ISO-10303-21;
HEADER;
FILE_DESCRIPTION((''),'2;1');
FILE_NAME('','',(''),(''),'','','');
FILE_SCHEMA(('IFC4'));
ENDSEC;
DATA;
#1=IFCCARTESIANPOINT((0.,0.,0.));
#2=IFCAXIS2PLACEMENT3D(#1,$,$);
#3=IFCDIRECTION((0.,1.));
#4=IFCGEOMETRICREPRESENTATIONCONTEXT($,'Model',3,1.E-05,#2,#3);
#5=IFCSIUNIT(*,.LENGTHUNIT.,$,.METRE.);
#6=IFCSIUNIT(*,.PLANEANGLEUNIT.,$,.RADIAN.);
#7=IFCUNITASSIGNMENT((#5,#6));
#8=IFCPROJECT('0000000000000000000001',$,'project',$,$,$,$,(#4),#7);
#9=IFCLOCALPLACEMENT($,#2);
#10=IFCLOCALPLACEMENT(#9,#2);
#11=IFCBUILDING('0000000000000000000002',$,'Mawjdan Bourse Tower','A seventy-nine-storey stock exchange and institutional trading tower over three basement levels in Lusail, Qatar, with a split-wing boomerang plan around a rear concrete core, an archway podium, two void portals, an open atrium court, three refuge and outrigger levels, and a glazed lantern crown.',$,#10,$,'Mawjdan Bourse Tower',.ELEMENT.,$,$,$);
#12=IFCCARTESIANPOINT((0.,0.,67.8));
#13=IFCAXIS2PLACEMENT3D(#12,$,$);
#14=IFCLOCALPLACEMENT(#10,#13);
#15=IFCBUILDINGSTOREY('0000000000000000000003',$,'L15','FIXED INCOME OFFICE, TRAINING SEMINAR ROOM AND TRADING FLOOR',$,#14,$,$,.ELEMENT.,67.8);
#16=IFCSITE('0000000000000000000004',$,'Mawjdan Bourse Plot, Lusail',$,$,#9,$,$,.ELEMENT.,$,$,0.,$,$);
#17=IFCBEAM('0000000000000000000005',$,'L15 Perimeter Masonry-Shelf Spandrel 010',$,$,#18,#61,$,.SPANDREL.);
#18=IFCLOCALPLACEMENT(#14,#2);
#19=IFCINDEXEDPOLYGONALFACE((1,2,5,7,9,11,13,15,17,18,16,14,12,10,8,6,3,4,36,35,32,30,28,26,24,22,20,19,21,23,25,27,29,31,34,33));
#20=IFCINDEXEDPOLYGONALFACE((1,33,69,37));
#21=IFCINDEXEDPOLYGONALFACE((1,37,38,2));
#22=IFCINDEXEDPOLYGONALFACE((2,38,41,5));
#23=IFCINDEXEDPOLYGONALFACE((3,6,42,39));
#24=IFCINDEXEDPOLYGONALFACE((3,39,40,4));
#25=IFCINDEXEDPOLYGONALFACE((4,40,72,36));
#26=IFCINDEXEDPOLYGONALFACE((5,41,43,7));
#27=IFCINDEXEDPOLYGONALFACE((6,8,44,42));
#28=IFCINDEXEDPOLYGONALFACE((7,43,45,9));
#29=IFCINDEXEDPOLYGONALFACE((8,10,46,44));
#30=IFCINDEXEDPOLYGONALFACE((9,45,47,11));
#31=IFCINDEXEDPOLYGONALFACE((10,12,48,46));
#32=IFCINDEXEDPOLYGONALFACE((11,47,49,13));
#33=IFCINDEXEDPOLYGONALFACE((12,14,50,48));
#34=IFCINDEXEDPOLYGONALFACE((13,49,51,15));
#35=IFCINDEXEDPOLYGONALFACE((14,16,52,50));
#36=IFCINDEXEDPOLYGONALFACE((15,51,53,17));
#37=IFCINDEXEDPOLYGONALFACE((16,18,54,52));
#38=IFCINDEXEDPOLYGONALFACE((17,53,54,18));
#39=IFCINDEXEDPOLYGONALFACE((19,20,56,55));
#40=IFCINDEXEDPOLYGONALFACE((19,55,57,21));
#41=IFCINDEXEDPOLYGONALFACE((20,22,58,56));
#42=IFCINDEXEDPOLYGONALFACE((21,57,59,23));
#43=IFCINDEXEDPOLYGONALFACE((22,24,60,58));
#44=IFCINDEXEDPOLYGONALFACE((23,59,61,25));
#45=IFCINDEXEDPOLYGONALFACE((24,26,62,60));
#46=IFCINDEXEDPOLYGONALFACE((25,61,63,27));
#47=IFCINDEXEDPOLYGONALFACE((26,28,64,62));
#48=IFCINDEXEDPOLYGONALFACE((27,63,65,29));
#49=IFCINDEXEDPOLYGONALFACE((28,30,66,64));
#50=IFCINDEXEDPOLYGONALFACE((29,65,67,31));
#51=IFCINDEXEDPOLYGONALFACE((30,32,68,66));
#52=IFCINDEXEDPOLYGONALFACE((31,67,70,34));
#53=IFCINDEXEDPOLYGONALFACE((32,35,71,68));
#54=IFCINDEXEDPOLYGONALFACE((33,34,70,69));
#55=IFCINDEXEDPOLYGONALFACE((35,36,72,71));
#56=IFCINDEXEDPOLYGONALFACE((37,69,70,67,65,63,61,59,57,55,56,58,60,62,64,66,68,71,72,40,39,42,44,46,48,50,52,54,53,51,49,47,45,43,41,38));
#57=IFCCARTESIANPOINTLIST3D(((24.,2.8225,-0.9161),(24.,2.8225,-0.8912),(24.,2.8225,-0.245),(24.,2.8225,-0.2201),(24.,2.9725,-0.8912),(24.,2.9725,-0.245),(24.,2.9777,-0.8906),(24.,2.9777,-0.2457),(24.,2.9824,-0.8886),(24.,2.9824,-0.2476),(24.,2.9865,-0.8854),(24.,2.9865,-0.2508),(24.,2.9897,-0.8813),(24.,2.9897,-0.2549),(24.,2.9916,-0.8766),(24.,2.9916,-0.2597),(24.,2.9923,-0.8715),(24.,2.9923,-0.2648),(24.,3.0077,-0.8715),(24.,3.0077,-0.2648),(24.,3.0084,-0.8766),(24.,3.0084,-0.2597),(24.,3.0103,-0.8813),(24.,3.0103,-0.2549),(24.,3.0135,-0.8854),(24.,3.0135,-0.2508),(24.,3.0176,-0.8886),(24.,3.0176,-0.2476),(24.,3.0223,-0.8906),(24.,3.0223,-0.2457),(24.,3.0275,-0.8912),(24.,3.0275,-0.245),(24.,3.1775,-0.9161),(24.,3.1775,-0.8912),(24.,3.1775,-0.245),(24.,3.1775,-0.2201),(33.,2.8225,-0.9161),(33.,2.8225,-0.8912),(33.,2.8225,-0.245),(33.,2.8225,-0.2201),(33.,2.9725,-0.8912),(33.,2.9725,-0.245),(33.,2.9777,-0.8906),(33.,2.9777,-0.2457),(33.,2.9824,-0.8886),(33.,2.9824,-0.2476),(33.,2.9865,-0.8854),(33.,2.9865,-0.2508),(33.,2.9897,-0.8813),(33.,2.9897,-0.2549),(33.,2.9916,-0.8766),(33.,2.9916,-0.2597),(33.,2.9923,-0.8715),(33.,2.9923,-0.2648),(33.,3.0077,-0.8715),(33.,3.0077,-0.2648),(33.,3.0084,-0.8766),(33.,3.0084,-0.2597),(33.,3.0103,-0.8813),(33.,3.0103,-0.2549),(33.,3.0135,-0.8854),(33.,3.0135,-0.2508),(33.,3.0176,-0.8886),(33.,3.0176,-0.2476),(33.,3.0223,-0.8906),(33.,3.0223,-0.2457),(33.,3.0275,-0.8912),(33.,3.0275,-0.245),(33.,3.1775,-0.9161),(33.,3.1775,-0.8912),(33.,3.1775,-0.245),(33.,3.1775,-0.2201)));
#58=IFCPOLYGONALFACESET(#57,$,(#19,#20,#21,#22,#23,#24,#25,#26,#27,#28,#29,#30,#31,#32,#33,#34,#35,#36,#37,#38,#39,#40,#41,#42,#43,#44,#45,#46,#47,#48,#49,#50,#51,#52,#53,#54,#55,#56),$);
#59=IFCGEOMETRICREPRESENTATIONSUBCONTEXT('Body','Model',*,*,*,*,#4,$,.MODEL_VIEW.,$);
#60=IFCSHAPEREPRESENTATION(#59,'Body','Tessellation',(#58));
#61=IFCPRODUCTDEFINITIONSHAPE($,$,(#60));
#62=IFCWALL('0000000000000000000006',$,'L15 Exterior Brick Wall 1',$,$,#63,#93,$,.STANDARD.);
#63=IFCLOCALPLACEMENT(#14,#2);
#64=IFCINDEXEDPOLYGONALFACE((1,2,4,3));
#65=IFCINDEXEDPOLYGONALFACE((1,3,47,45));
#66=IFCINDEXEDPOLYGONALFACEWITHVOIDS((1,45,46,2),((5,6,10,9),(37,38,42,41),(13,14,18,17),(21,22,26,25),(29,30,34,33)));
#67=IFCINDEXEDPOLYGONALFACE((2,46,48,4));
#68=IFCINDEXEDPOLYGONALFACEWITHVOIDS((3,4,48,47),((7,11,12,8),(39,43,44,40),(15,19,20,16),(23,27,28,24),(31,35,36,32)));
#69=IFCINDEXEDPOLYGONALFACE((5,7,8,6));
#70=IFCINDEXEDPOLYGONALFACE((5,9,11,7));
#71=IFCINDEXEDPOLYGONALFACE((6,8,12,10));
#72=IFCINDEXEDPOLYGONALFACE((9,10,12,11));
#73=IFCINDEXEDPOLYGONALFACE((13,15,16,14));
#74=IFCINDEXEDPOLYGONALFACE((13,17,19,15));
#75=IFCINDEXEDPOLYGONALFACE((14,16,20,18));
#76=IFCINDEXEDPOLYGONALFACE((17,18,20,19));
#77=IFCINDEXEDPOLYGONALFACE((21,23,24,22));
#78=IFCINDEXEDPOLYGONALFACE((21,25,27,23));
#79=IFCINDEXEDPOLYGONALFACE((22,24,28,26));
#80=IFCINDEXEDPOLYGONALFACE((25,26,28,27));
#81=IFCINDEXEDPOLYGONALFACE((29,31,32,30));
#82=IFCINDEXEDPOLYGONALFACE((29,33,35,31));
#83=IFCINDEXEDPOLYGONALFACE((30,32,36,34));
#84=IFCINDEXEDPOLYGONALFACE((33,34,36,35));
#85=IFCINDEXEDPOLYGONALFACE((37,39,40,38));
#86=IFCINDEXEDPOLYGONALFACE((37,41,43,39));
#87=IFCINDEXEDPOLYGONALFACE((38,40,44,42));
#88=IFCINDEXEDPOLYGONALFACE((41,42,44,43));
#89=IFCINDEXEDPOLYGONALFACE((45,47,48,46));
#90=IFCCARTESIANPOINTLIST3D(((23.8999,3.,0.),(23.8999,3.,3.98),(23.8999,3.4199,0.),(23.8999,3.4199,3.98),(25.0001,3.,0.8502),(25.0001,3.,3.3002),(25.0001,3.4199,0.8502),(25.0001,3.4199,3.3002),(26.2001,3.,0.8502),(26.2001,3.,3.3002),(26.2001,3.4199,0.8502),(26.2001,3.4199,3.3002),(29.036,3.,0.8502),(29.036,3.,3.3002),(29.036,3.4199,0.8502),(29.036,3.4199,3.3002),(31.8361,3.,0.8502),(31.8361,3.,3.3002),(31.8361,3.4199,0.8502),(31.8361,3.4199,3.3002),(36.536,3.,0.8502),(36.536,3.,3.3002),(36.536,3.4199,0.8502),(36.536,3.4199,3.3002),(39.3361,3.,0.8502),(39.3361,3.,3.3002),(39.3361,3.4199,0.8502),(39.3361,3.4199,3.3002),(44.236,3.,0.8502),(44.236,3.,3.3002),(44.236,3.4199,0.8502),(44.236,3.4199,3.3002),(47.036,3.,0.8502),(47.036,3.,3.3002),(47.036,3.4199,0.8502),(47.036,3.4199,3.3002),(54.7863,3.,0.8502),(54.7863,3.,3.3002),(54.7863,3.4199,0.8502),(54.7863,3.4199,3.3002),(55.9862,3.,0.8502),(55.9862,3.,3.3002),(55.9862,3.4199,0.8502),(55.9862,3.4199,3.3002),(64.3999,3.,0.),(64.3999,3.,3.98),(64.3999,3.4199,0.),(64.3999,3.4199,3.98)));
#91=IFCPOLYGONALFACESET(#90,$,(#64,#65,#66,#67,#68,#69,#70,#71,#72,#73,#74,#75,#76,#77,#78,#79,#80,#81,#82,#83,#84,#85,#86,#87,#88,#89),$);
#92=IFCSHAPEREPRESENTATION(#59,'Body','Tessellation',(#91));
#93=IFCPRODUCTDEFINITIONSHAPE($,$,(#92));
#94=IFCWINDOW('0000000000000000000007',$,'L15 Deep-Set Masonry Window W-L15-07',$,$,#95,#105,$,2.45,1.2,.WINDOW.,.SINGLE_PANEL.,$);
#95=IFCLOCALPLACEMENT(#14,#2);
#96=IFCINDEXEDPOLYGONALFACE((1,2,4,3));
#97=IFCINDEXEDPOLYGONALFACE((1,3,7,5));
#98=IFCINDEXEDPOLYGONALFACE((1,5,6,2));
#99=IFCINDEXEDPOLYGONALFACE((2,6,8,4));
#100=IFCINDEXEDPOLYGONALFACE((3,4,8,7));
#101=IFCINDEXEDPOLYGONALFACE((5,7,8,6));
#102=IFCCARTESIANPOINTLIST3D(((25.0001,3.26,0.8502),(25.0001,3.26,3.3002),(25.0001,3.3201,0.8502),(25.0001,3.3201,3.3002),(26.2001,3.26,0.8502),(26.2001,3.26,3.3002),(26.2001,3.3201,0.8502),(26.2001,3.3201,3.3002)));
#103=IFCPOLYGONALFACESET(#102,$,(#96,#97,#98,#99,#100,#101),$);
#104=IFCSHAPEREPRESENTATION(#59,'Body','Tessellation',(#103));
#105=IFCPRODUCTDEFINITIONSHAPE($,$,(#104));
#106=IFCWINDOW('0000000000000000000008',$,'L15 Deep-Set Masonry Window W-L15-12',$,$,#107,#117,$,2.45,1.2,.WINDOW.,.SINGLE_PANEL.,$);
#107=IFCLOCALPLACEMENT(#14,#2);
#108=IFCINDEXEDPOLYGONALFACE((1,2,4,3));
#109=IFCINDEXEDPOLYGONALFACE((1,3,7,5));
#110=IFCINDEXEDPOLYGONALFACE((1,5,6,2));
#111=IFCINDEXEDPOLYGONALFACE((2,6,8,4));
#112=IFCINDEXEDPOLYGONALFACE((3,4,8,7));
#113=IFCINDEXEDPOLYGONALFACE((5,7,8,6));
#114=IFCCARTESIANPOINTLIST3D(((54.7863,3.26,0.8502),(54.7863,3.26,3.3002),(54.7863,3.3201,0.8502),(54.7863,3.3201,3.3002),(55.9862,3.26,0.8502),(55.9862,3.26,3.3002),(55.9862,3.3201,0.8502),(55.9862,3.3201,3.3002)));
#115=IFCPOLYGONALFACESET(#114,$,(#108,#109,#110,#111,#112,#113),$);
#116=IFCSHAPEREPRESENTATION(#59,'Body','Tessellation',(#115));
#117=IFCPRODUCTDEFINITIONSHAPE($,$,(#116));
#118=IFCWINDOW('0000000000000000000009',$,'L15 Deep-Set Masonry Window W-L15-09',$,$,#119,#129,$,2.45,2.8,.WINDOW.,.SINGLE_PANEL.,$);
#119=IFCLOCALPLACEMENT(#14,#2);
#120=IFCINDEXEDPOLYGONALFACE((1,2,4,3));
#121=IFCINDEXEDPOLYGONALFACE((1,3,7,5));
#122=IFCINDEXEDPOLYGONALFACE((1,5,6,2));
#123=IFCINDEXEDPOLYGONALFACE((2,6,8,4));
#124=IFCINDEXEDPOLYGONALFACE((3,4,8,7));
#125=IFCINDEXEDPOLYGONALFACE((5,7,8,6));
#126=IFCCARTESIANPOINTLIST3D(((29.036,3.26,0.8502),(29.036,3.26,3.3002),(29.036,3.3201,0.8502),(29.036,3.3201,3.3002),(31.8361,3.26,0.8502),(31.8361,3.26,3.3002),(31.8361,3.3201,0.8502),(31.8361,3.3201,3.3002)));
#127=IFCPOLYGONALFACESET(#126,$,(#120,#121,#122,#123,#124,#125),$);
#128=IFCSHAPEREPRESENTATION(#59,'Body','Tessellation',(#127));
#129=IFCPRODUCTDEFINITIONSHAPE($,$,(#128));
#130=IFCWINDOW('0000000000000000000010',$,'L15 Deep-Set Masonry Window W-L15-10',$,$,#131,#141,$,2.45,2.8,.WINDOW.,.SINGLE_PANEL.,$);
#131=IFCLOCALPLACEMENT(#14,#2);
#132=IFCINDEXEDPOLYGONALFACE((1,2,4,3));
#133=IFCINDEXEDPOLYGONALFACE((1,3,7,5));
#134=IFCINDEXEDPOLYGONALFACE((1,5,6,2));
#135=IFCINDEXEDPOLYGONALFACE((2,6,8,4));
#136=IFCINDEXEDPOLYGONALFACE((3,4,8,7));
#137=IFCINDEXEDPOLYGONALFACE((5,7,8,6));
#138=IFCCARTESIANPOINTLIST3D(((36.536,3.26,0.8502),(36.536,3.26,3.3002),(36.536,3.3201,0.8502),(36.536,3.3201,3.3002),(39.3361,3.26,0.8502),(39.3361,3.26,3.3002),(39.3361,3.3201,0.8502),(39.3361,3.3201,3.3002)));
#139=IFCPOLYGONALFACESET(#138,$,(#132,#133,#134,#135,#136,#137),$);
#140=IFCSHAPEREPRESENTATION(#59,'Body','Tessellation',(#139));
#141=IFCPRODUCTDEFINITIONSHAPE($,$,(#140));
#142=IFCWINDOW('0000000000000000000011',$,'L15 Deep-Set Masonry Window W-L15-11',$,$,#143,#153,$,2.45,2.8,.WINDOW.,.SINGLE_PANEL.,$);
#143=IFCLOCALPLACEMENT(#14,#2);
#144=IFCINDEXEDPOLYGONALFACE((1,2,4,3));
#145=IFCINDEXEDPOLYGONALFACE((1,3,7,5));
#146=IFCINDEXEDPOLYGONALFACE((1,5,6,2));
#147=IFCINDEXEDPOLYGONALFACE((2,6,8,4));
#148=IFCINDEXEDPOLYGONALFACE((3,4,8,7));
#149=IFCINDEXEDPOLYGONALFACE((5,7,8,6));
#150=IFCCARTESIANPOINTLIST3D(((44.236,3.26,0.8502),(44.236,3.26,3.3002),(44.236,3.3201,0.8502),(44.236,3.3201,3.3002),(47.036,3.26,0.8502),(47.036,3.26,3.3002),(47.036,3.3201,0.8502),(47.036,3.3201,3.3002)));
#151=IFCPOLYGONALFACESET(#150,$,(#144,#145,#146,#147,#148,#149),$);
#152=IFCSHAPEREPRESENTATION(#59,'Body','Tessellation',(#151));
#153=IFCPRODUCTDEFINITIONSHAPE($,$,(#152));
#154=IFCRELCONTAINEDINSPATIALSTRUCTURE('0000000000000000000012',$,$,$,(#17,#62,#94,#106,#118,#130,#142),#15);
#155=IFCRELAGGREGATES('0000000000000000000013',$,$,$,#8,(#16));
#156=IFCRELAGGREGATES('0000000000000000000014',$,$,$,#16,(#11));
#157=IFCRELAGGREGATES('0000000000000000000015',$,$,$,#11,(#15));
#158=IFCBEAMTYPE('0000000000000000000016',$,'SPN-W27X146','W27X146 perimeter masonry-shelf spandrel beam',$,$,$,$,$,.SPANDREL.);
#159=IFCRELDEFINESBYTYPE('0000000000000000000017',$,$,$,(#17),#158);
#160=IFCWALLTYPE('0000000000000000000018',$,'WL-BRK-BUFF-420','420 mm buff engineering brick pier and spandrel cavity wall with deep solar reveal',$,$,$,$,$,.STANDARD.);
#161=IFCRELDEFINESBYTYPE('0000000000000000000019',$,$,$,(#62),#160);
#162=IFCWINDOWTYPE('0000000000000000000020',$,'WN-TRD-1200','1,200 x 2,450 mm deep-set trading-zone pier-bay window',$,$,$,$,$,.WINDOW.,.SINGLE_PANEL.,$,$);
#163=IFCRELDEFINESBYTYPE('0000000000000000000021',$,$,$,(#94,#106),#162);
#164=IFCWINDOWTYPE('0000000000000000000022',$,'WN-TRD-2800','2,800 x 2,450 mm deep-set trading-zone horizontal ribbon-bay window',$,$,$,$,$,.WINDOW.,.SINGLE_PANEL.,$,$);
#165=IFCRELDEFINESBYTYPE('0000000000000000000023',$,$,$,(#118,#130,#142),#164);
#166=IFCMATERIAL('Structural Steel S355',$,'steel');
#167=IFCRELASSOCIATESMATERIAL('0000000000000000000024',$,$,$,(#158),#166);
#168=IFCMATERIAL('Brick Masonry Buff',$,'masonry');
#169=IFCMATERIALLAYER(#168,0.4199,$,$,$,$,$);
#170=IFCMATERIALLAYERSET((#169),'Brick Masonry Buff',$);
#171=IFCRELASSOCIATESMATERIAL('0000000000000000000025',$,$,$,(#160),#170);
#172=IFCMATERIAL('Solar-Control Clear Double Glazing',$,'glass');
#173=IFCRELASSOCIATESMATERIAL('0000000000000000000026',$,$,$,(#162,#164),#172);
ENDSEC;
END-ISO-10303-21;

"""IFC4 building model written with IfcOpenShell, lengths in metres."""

from ifc_helpers import new_model, si_unit, direction, frame, frame_2d, origin, origin_2d, place, context, subcontext, project, spatial, rectangle, i_section, extrude, material, layer, layer_set, material_profile, profile_set, type_object, element, fill, save


model = new_model("IFC4")

# Units and contexts
model_context = context("Model", 3, precision=1e-05, world=origin(), true_north=direction((0.0, 1.0)))
body_context = subcontext(model_context, "Body", "Model", "MODEL_VIEW")
ifc_project = project(units=[si_unit("LENGTHUNIT", "METRE"), si_unit("PLANEANGLEUNIT", "RADIAN")], contexts=[model_context])

# Site, building, storey
site_placement = place(None, origin())
site = spatial("IfcSite", under=ifc_project, at=site_placement, Name="Mawjdan Bourse Plot, Lusail", CompositionType="ELEMENT", RefElevation=0.0)
building_placement = place(site_placement, origin())
building = spatial("IfcBuilding", under=site, at=building_placement, Name="Mawjdan Bourse Tower", Description="A seventy-nine-storey stock exchange and institutional trading tower over three basement levels in Lusail, Qatar, with a split-wing boomerang plan around a rear concrete core, an archway podium, two void portals, an open atrium court, three refuge and outrigger levels, and a glazed lantern crown.", LongName="Mawjdan Bourse Tower", CompositionType="ELEMENT")
storey_placement = place(building_placement, frame((0.0, 0.0, 67.8)))
storey = spatial("IfcBuildingStorey", under=building, at=storey_placement, Name="L15", Description="FIXED INCOME OFFICE, TRAINING SEMINAR ROOM AND TRADING FLOOR", CompositionType="ELEMENT", Elevation=67.8)

# Beam
ifc_material_1 = material(Name="Structural Steel S355", Category="steel")
ifc_material_profile_1 = material_profile(ifc_material_1, i_section(OverallWidth=0.355, OverallDepth=0.696, WebThickness=0.0154, FlangeThickness=0.0249, FilletRadius=0.0198, at=origin_2d()), Name="W27X146")
ifc_profile_set_1 = profile_set([ifc_material_profile_1], Name="Structural Steel S355")
beam_type_1 = type_object("IfcBeamType", Name="SPN-W27X146", Description="W27X146 perimeter masonry-shelf spandrel beam", PredefinedType="SPANDREL", material=ifc_profile_set_1)
beam_1_placement = place(storey_placement, frame((24.0, 3.0, -0.5681), z_axis=(1.0, 0.0, 0.0), x_axis=(0.0, 1.0, 0.0)))
element("IfcBeam", 1, at=beam_1_placement, inside=storey, type_object=beam_type_1, Name="L15 Perimeter Masonry-Shelf Spandrel 010", PredefinedType="SPANDREL", context=body_context, shape_type="SweptSolid", body=[
    extrude(i_section(OverallWidth=0.355, OverallDepth=0.696, WebThickness=0.0154, FlangeThickness=0.0249, FilletRadius=0.0198, at=origin_2d()), origin(), (0.0, 0.0, 1.0), 9.0),
])

# Wall, openings, windows
ifc_material_2 = material(Name="Brick Masonry Buff", Category="masonry")
ifc_layer_1 = layer(ifc_material_2, 0.4199)
ifc_layer_set_1 = layer_set([ifc_layer_1], Name="Brick Masonry Buff")
wall_type_1 = type_object("IfcWallType", Name="WL-BRK-BUFF-420", Description="420 mm buff engineering brick pier and spandrel cavity wall with deep solar reveal", PredefinedType="STANDARD", material=ifc_layer_set_1)
wall_1_placement = place(storey_placement, frame((23.8999, 3.21, 0.0), z_axis=(0.0, 0.0, 1.0), x_axis=(1.0, 0.0, 0.0)))
wall_1 = element("IfcWall", 2, at=wall_1_placement, inside=storey, type_object=wall_type_1, Name="L15 Exterior Brick Wall 1", PredefinedType="STANDARD", context=body_context, shape_type="SweptSolid", body=[
    extrude(rectangle(XDim=40.5, YDim=0.4199, at=frame_2d((20.25, 0.0))), origin(), (0.0, 0.0, 1.0), 3.98),
])
opening_1_placement = place(wall_1_placement, frame((1.1001, 0.0, 0.8501)))
opening_1 = element("IfcOpeningElement", 3, at=opening_1_placement, cuts=wall_1, PredefinedType="OPENING", context=body_context, shape_type="SweptSolid", body=[
    extrude(rectangle(XDim=1.2, YDim=2.45, at=frame_2d((0.6001, 1.2251))), frame((0.0, 0.22, 0.0), z_axis=(0.0, -1.0, 0.0), x_axis=(1.0, 0.0, 0.0)), (0.0, 0.0, 1.0), 0.4399),
])
opening_2_placement = place(wall_1_placement, frame((5.1362, 0.0, 0.8501)))
opening_2 = element("IfcOpeningElement", 4, at=opening_2_placement, cuts=wall_1, PredefinedType="OPENING", context=body_context, shape_type="SweptSolid", body=[
    extrude(rectangle(XDim=2.8, YDim=2.45, at=frame_2d((1.3999, 1.2251))), frame((0.0, 0.22, 0.0), z_axis=(0.0, -1.0, 0.0), x_axis=(1.0, 0.0, 0.0)), (0.0, 0.0, 1.0), 0.4399),
])
opening_3_placement = place(wall_1_placement, frame((12.6362, 0.0, 0.8501)))
opening_3 = element("IfcOpeningElement", 5, at=opening_3_placement, cuts=wall_1, PredefinedType="OPENING", context=body_context, shape_type="SweptSolid", body=[
    extrude(rectangle(XDim=2.8, YDim=2.45, at=frame_2d((1.3999, 1.2251))), frame((0.0, 0.22, 0.0), z_axis=(0.0, -1.0, 0.0), x_axis=(1.0, 0.0, 0.0)), (0.0, 0.0, 1.0), 0.4399),
])
opening_4_placement = place(wall_1_placement, frame((20.3362, 0.0, 0.8501)))
opening_4 = element("IfcOpeningElement", 6, at=opening_4_placement, cuts=wall_1, PredefinedType="OPENING", context=body_context, shape_type="SweptSolid", body=[
    extrude(rectangle(XDim=2.8, YDim=2.45, at=frame_2d((1.3999, 1.2251))), frame((0.0, 0.22, 0.0), z_axis=(0.0, -1.0, 0.0), x_axis=(1.0, 0.0, 0.0)), (0.0, 0.0, 1.0), 0.4399),
])
opening_5_placement = place(wall_1_placement, frame((30.8862, 0.0, 0.8501)))
opening_5 = element("IfcOpeningElement", 7, at=opening_5_placement, cuts=wall_1, PredefinedType="OPENING", context=body_context, shape_type="SweptSolid", body=[
    extrude(rectangle(XDim=1.2, YDim=2.45, at=frame_2d((0.6001, 1.2251))), frame((0.0, 0.22, 0.0), z_axis=(0.0, -1.0, 0.0), x_axis=(1.0, 0.0, 0.0)), (0.0, 0.0, 1.0), 0.4399),
])
ifc_material_3 = material(Name="Solar-Control Clear Double Glazing", Category="glass")
window_type_1 = type_object("IfcWindowType", Name="WN-TRD-1200", Description="1,200 x 2,450 mm deep-set trading-zone pier-bay window", PartitioningType="SINGLE_PANEL", PredefinedType="WINDOW", material=ifc_material_3)
window_1_placement = place(opening_1_placement, origin())
window_1 = element("IfcWindow", 8, at=window_1_placement, inside=storey, type_object=window_type_1, Name="L15 Deep-Set Masonry Window W-L15-07", OverallHeight=2.45, OverallWidth=1.2, PartitioningType="SINGLE_PANEL", PredefinedType="WINDOW", context=body_context, shape_type="SweptSolid", body=[
    extrude(rectangle(XDim=1.2, YDim=2.45, at=frame_2d((0.6001, 1.2251))), frame((0.0, 0.1101, 0.0), z_axis=(0.0, -1.0, 0.0), x_axis=(1.0, 0.0, 0.0)), (0.0, 0.0, 1.0), 0.0601),
])
fill(opening_1, window_1)
window_2_placement = place(opening_5_placement, origin())
window_2 = element("IfcWindow", 9, at=window_2_placement, inside=storey, type_object=window_type_1, Name="L15 Deep-Set Masonry Window W-L15-12", OverallHeight=2.45, OverallWidth=1.2, PartitioningType="SINGLE_PANEL", PredefinedType="WINDOW", context=body_context, shape_type="SweptSolid", body=[
    extrude(rectangle(XDim=1.2, YDim=2.45, at=frame_2d((0.6001, 1.2251))), frame((0.0, 0.1101, 0.0), z_axis=(0.0, -1.0, 0.0), x_axis=(1.0, 0.0, 0.0)), (0.0, 0.0, 1.0), 0.0601),
])
fill(opening_5, window_2)
window_type_2 = type_object("IfcWindowType", Name="WN-TRD-2800", Description="2,800 x 2,450 mm deep-set trading-zone horizontal ribbon-bay window", PartitioningType="SINGLE_PANEL", PredefinedType="WINDOW", material=ifc_material_3)
window_3_placement = place(opening_2_placement, origin())
window_3 = element("IfcWindow", 10, at=window_3_placement, inside=storey, type_object=window_type_2, Name="L15 Deep-Set Masonry Window W-L15-09", OverallHeight=2.45, OverallWidth=2.8, PartitioningType="SINGLE_PANEL", PredefinedType="WINDOW", context=body_context, shape_type="SweptSolid", body=[
    extrude(rectangle(XDim=2.8, YDim=2.45, at=frame_2d((1.3999, 1.2251))), frame((0.0, 0.1101, 0.0), z_axis=(0.0, -1.0, 0.0), x_axis=(1.0, 0.0, 0.0)), (0.0, 0.0, 1.0), 0.0601),
])
fill(opening_2, window_3)
window_4_placement = place(opening_3_placement, origin())
window_4 = element("IfcWindow", 11, at=window_4_placement, inside=storey, type_object=window_type_2, Name="L15 Deep-Set Masonry Window W-L15-10", OverallHeight=2.45, OverallWidth=2.8, PartitioningType="SINGLE_PANEL", PredefinedType="WINDOW", context=body_context, shape_type="SweptSolid", body=[
    extrude(rectangle(XDim=2.8, YDim=2.45, at=frame_2d((1.3999, 1.2251))), frame((0.0, 0.1101, 0.0), z_axis=(0.0, -1.0, 0.0), x_axis=(1.0, 0.0, 0.0)), (0.0, 0.0, 1.0), 0.0601),
])
fill(opening_3, window_4)
window_5_placement = place(opening_4_placement, origin())
window_5 = element("IfcWindow", 12, at=window_5_placement, inside=storey, type_object=window_type_2, Name="L15 Deep-Set Masonry Window W-L15-11", OverallHeight=2.45, OverallWidth=2.8, PartitioningType="SINGLE_PANEL", PredefinedType="WINDOW", context=body_context, shape_type="SweptSolid", body=[
    extrude(rectangle(XDim=2.8, YDim=2.45, at=frame_2d((1.3999, 1.2251))), frame((0.0, 0.1101, 0.0), z_axis=(0.0, -1.0, 0.0), x_axis=(1.0, 0.0, 0.0)), (0.0, 0.0, 1.0), 0.0601),
])
fill(opening_4, window_5)

save(model, "model.ifc")
